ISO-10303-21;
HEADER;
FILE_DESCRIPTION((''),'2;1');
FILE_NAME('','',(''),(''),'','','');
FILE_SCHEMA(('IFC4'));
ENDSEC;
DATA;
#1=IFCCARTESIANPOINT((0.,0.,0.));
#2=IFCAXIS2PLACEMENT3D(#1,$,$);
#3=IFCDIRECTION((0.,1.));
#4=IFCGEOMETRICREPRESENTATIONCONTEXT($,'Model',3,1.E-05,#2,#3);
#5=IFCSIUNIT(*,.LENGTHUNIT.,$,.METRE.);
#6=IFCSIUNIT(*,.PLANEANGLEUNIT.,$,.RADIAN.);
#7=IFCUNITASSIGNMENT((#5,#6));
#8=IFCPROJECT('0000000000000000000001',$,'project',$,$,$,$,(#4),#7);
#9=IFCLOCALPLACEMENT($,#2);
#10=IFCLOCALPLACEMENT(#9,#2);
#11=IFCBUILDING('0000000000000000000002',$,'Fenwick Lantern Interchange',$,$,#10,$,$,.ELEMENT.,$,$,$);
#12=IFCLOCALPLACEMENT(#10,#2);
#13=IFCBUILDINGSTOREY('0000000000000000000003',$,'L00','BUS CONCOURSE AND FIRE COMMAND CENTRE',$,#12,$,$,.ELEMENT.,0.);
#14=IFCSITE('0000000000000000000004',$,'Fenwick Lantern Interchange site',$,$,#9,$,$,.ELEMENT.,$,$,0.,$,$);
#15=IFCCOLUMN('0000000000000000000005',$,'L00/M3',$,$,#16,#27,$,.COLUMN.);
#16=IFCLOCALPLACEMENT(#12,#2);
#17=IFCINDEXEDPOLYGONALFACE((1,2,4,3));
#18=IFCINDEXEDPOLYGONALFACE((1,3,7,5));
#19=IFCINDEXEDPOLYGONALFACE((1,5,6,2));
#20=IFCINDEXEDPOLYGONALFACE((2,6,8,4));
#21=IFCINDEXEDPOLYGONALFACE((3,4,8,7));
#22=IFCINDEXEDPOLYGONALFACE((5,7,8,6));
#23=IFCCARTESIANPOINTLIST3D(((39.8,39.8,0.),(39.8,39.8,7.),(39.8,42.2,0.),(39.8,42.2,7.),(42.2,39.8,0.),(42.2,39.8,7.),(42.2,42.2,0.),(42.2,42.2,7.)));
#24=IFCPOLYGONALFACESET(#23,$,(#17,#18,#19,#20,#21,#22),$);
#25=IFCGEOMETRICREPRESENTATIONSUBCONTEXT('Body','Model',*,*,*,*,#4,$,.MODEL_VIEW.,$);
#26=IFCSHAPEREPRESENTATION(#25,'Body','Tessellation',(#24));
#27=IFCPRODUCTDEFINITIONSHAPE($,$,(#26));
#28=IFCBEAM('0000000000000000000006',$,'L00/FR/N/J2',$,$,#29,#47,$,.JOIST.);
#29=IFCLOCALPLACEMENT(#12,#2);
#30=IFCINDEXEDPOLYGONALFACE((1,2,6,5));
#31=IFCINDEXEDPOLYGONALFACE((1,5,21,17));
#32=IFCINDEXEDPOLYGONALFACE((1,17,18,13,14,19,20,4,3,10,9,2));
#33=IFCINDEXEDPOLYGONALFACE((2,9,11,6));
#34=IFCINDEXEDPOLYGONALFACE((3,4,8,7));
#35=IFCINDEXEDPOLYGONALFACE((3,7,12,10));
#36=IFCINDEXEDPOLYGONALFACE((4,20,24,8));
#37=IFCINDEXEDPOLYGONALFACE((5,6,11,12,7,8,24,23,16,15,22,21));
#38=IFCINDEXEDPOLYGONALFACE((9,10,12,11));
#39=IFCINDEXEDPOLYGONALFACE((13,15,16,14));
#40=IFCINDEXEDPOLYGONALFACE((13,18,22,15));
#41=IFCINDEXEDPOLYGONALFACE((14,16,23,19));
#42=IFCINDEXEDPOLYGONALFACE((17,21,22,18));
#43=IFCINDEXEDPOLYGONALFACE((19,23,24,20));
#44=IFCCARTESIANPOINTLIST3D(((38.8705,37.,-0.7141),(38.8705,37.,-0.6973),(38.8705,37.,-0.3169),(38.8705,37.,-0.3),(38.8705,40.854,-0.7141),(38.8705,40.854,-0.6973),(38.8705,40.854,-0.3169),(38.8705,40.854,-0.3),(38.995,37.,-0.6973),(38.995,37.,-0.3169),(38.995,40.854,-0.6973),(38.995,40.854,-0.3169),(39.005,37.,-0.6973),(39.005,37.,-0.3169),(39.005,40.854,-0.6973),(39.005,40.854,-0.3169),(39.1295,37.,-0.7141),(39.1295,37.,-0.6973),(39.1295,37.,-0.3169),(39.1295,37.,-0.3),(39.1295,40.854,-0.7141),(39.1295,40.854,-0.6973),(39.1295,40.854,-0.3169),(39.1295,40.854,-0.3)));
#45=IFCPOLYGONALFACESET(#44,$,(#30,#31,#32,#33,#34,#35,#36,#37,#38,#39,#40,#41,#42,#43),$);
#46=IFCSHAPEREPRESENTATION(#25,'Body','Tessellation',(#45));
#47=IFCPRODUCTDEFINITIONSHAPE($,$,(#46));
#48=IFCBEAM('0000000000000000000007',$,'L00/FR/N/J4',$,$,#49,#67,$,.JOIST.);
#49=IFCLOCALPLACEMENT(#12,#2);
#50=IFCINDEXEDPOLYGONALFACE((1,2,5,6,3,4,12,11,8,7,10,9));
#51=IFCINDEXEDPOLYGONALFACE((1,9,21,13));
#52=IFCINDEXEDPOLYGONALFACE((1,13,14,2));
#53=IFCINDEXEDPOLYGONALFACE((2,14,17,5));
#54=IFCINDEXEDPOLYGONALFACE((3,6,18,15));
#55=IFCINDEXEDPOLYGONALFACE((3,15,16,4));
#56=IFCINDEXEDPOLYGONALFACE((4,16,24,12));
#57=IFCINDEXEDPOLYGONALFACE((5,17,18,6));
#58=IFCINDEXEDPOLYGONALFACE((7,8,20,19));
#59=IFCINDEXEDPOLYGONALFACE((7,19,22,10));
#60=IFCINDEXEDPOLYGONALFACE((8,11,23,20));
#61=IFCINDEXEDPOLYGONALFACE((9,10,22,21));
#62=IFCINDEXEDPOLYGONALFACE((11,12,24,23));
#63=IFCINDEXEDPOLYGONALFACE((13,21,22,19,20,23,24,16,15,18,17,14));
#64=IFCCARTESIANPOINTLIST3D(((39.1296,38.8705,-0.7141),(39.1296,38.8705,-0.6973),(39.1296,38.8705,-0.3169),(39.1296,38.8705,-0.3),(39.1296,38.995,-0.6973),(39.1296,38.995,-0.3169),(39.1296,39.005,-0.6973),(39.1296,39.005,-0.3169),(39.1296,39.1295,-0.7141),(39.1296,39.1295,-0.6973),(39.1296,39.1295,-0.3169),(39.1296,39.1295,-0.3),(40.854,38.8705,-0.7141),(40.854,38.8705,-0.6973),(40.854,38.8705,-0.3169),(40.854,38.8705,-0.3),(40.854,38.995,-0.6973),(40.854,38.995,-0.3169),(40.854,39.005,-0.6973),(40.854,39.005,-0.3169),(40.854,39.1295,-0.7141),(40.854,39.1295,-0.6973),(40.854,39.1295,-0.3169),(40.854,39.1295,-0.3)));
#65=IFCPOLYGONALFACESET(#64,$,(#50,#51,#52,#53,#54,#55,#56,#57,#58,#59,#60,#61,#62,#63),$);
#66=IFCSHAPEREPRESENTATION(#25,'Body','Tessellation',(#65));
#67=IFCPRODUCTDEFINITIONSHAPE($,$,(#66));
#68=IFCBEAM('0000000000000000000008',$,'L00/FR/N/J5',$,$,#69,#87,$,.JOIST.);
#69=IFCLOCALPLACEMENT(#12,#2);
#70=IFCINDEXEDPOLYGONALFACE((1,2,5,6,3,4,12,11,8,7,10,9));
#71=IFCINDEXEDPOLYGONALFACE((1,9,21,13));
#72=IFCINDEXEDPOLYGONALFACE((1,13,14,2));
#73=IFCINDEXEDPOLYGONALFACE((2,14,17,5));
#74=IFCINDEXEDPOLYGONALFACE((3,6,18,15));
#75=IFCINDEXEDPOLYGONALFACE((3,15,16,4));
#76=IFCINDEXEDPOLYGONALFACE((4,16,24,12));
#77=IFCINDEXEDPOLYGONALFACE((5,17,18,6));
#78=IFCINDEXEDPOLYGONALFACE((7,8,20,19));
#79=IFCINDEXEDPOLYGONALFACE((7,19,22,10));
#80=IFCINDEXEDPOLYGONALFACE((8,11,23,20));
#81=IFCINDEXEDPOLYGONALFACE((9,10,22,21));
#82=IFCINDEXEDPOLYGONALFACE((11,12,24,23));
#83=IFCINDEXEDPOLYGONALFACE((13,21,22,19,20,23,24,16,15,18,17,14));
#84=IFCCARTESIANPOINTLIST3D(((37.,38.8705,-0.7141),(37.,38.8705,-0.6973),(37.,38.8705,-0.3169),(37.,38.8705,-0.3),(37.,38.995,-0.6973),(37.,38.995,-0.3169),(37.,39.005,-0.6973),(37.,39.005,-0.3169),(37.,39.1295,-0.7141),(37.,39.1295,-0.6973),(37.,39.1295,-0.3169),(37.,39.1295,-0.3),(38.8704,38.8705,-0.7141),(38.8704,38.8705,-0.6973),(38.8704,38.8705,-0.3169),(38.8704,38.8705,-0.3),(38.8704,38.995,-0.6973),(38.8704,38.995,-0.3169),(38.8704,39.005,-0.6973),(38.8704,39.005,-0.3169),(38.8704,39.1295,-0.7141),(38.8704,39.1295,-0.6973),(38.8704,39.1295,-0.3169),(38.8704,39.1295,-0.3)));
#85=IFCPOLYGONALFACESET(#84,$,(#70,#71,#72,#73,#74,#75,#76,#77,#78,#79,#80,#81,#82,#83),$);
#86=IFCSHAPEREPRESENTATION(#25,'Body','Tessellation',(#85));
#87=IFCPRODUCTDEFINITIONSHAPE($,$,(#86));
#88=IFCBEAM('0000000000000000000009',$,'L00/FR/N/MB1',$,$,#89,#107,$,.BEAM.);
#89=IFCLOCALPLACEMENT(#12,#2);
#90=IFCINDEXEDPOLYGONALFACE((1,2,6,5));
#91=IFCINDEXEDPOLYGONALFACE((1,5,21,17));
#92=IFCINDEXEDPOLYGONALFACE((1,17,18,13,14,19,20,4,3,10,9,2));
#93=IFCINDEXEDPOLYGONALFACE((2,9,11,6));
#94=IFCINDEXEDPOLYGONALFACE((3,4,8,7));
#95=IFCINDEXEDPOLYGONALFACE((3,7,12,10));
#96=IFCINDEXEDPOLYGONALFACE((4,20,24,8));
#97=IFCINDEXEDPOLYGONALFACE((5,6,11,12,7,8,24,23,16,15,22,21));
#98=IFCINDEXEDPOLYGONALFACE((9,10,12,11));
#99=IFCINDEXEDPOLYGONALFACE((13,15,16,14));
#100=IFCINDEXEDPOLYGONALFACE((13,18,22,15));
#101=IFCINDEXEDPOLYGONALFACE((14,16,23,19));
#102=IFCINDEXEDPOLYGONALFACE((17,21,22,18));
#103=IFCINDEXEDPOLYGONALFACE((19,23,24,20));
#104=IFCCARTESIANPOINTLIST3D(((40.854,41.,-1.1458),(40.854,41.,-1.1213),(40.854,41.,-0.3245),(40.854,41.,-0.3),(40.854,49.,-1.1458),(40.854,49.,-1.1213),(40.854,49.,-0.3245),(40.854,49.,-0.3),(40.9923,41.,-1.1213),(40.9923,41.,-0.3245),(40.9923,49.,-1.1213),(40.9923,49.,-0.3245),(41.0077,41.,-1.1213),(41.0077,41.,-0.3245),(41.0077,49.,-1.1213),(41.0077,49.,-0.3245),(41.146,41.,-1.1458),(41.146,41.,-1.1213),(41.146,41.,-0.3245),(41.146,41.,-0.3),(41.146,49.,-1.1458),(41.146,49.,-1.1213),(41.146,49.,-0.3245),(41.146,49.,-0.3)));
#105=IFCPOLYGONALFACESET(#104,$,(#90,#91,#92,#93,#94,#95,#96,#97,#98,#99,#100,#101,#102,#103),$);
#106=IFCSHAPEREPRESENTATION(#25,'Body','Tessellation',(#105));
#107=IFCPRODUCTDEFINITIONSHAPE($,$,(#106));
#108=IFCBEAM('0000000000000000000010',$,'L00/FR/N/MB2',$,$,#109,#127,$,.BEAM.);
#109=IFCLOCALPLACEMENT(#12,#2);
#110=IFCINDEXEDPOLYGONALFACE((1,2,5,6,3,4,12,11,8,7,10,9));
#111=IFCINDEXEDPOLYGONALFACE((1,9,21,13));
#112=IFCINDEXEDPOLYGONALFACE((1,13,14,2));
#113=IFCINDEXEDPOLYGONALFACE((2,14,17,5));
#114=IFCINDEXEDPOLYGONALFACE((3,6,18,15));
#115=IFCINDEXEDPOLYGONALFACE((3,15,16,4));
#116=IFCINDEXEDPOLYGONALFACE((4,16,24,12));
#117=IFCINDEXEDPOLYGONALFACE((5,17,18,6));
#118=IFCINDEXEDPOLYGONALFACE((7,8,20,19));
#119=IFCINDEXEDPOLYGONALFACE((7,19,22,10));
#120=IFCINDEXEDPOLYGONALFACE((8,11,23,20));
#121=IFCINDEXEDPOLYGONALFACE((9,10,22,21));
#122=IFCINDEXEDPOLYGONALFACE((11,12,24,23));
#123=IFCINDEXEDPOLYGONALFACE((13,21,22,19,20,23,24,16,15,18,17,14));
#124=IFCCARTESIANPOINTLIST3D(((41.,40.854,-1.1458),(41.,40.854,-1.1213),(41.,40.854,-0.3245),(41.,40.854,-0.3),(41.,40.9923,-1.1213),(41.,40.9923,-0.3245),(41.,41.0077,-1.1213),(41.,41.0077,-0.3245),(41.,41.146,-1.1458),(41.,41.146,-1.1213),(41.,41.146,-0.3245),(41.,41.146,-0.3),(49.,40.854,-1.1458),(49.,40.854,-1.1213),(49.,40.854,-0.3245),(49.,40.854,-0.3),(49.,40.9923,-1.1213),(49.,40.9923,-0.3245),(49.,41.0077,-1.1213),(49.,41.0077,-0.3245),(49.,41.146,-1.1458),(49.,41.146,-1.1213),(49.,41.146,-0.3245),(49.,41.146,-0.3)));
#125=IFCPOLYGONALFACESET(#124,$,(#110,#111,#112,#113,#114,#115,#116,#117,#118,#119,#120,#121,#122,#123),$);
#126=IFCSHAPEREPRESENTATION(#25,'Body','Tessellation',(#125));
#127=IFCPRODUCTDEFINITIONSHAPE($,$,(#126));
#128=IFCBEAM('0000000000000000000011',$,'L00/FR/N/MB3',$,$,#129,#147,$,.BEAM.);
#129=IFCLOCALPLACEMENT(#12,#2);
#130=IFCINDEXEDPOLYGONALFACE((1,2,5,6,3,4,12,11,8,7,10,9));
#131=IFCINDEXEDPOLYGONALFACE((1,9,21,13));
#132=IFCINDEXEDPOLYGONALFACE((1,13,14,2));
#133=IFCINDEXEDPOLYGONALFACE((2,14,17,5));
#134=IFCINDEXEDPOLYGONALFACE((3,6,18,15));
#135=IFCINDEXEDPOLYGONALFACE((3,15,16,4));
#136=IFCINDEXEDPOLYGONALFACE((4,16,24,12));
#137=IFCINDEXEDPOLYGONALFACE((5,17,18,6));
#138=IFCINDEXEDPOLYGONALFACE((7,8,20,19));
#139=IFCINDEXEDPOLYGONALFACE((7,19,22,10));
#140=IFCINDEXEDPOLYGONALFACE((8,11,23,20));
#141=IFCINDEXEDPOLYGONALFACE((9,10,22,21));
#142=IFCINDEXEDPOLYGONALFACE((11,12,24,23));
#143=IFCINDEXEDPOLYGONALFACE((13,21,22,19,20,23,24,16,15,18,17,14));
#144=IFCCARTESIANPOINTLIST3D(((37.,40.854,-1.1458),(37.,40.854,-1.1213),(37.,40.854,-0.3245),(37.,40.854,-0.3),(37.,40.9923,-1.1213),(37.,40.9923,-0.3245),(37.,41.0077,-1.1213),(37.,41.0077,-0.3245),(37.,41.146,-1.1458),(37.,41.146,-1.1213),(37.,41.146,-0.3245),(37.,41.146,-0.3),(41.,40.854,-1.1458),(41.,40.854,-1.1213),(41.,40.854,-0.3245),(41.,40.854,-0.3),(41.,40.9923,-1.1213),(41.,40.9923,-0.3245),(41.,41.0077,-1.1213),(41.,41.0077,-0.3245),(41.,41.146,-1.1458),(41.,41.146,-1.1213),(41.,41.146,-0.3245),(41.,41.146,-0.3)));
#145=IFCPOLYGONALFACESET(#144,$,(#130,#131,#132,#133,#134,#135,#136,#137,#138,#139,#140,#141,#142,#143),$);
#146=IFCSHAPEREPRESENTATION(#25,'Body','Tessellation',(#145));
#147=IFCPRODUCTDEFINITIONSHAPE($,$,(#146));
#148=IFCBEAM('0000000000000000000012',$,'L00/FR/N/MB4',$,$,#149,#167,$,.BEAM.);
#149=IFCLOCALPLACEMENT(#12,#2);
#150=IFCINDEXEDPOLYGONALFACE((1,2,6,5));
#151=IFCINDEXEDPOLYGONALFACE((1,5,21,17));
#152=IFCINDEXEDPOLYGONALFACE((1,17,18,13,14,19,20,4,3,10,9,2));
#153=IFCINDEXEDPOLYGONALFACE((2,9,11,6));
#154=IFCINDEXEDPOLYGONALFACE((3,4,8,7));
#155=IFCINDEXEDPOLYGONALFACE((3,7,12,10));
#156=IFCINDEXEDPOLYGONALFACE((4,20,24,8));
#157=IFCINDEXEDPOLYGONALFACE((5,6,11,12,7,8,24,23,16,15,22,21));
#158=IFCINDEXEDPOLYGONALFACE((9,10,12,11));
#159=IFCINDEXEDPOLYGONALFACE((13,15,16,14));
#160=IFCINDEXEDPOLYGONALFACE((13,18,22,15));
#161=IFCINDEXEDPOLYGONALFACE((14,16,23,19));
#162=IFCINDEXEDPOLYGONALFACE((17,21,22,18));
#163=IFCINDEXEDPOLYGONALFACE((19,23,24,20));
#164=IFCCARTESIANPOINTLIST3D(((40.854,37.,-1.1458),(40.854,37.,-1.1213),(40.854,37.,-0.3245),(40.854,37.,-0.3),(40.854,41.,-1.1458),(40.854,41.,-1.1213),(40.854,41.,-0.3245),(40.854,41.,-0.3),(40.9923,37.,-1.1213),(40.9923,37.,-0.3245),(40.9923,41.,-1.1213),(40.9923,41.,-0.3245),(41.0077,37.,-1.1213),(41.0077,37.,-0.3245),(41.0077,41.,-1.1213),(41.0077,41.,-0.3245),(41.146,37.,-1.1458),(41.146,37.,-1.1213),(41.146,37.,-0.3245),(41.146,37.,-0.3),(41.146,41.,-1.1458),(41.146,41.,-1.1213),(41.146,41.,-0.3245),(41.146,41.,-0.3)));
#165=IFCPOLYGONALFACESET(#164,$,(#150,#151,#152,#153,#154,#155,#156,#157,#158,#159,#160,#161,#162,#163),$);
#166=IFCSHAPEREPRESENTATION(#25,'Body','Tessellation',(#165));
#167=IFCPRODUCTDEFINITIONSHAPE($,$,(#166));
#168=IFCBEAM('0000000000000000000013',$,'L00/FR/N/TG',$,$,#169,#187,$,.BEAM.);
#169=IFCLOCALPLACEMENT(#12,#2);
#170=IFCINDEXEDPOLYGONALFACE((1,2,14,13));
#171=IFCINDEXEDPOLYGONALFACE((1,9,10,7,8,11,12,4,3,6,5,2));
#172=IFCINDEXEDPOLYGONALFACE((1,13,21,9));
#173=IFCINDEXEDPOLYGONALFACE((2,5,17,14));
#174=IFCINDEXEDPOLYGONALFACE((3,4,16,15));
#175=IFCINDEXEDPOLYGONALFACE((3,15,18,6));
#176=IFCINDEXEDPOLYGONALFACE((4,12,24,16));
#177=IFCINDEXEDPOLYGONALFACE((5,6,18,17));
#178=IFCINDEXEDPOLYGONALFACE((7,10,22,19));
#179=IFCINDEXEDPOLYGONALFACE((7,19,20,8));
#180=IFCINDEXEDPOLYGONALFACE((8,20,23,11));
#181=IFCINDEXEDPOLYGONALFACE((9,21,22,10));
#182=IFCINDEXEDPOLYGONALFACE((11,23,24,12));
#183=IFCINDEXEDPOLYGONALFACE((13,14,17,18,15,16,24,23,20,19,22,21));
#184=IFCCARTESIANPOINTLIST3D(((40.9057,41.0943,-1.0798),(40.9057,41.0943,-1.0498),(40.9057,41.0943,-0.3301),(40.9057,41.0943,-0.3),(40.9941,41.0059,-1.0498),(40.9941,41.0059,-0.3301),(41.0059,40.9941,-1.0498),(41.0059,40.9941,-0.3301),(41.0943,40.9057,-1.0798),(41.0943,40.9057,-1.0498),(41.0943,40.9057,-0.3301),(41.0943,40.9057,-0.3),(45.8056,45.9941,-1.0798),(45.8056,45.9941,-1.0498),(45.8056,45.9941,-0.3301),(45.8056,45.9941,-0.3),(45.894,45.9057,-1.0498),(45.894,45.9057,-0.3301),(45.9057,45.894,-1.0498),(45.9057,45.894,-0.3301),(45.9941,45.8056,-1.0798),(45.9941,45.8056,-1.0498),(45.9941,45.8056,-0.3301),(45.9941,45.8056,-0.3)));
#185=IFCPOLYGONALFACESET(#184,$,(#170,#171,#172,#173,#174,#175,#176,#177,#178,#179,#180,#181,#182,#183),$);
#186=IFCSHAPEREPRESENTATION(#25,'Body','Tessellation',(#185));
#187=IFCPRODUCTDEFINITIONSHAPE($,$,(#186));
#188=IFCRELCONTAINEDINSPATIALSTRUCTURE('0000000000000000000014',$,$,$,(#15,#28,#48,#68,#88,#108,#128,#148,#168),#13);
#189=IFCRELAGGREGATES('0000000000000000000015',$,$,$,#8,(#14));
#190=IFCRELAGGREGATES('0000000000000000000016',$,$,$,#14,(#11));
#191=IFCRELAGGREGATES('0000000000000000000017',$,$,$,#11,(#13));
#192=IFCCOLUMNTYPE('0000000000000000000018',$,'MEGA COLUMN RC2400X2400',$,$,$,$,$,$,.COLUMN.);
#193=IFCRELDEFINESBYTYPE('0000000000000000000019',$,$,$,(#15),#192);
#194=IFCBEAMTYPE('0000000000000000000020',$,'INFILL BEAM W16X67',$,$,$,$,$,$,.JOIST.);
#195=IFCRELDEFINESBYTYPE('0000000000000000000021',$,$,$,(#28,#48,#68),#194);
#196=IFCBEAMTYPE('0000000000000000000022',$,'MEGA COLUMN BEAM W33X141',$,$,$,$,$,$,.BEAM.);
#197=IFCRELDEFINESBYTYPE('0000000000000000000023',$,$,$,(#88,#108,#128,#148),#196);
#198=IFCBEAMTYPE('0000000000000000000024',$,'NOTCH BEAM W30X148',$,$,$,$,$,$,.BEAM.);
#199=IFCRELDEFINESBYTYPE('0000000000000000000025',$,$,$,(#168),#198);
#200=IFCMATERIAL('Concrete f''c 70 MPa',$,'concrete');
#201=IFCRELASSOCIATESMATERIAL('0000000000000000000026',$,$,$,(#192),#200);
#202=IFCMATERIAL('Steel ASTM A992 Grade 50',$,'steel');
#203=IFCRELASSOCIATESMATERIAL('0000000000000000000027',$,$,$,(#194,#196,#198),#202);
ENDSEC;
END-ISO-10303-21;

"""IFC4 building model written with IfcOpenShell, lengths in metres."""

from ifc_helpers import new_model, si_unit, direction, frame, origin, origin_2d, place, context, subcontext, project, spatial, rectangle, i_section, extrude, material, material_profile, profile_set, type_object, element, save


model = new_model("IFC4")

# Units and contexts
model_context = context("Model", 3, precision=1e-05, world=origin(), true_north=direction((0.0, 1.0)))
body_context = subcontext(model_context, "Body", "Model", "MODEL_VIEW")
ifc_project = project(units=[si_unit("LENGTHUNIT", "METRE"), si_unit("PLANEANGLEUNIT", "RADIAN")], contexts=[model_context])

# Site, building, storey
site_placement = place(None, origin())
site = spatial("IfcSite", under=ifc_project, at=site_placement, Name="Fenwick Lantern Interchange site", CompositionType="ELEMENT", RefElevation=0.0)
building_placement = place(site_placement, origin())
building = spatial("IfcBuilding", under=site, at=building_placement, Name="Fenwick Lantern Interchange", CompositionType="ELEMENT")
storey_placement = place(building_placement, origin())
storey = spatial("IfcBuildingStorey", under=building, at=storey_placement, Name="L00", Description="BUS CONCOURSE AND FIRE COMMAND CENTRE", CompositionType="ELEMENT", Elevation=0.0)

# Column
ifc_material_1 = material(Name="Concrete f'c 70 MPa", Category="concrete")
ifc_material_profile_1 = material_profile(ifc_material_1, rectangle(XDim=2.3999, YDim=2.3999, at=origin_2d()), Name="RC2400X2400")
ifc_profile_set_1 = profile_set([ifc_material_profile_1], Name="Concrete f'c 70 MPa")
column_type = type_object("IfcColumnType", Name="MEGA COLUMN RC2400X2400", PredefinedType="COLUMN", material=ifc_profile_set_1)
column_placement = place(storey_placement, frame((41.0, 41.0, 0.0), z_axis=(0.0, 0.0, 1.0), x_axis=(1.0, 0.0, 0.0)))
element("IfcColumn", 1, at=column_placement, inside=storey, type_object=column_type, Name="L00/M3", PredefinedType="COLUMN", context=body_context, shape_type="SweptSolid", body=[
    extrude(rectangle(XDim=2.3999, YDim=2.3999, at=origin_2d()), origin(), (0.0, 0.0, 1.0), 7.0),
])

# Beams
ifc_material_2 = material(Name="Steel ASTM A992 Grade 50", Category="steel")
ifc_material_profile_2 = material_profile(ifc_material_2, i_section(OverallWidth=0.259, OverallDepth=0.4141, WebThickness=0.01, FlangeThickness=0.0168, at=origin_2d()), Name="W16X67")
ifc_profile_set_2 = profile_set([ifc_material_profile_2], Name="Steel ASTM A992 Grade 50")
beam_type_1 = type_object("IfcBeamType", Name="INFILL BEAM W16X67", PredefinedType="JOIST", material=ifc_profile_set_2)
beam_1_placement = place(storey_placement, frame((39.0, 40.854, -0.5071), z_axis=(0.0, -1.0, 0.0), x_axis=(1.0, 0.0, 0.0)))
element("IfcBeam", 2, at=beam_1_placement, inside=storey, type_object=beam_type_1, Name="L00/FR/N/J2", PredefinedType="JOIST", context=body_context, shape_type="SweptSolid", body=[
    extrude(i_section(OverallWidth=0.259, OverallDepth=0.4141, WebThickness=0.01, FlangeThickness=0.0168, at=origin_2d()), origin(), (0.0, 0.0, 1.0), 3.854),
])
beam_2_placement = place(storey_placement, frame((40.854, 39.0, -0.5071), z_axis=(-1.0, 0.0, 0.0), x_axis=(0.0, -1.0, 0.0)))
element("IfcBeam", 3, at=beam_2_placement, inside=storey, type_object=beam_type_1, Name="L00/FR/N/J4", PredefinedType="JOIST", context=body_context, shape_type="SweptSolid", body=[
    extrude(i_section(OverallWidth=0.259, OverallDepth=0.4141, WebThickness=0.01, FlangeThickness=0.0168, at=origin_2d()), origin(), (0.0, 0.0, 1.0), 1.7244),
])
beam_3_placement = place(storey_placement, frame((38.8704, 39.0, -0.5071), z_axis=(-1.0, 0.0, 0.0), x_axis=(0.0, -1.0, 0.0)))
element("IfcBeam", 4, at=beam_3_placement, inside=storey, type_object=beam_type_1, Name="L00/FR/N/J5", PredefinedType="JOIST", context=body_context, shape_type="SweptSolid", body=[
    extrude(i_section(OverallWidth=0.259, OverallDepth=0.4141, WebThickness=0.01, FlangeThickness=0.0168, at=origin_2d()), origin(), (0.0, 0.0, 1.0), 1.8704),
])
ifc_material_profile_3 = material_profile(ifc_material_2, i_section(OverallWidth=0.292, OverallDepth=0.8457, WebThickness=0.0154, FlangeThickness=0.0244, at=origin_2d()), Name="W33X141")
ifc_profile_set_3 = profile_set([ifc_material_profile_3], Name="Steel ASTM A992 Grade 50")
beam_type_2 = type_object("IfcBeamType", Name="MEGA COLUMN BEAM W33X141", PredefinedType="BEAM", material=ifc_profile_set_3)
for number, where, z_axis, x_axis, name in (
    (5, (41.0, 41.0, -0.7229), (0.0, 1.0, 0.0), (-1.0, 0.0, 0.0), "L00/FR/N/MB1"),
    (6, (41.0, 41.0, -0.7229), (1.0, 0.0, 0.0), (0.0, 1.0, 0.0), "L00/FR/N/MB2"),
):
    element("IfcBeam", number, at=place(storey_placement, frame(where, z_axis=z_axis, x_axis=x_axis)), inside=storey, type_object=beam_type_2, Name=name, PredefinedType="BEAM", context=body_context, shape_type="SweptSolid", body=[
        extrude(i_section(OverallWidth=0.292, OverallDepth=0.8457, WebThickness=0.0154, FlangeThickness=0.0244, at=origin_2d()), origin(), (0.0, 0.0, 1.0), 8.0),
    ])
for number, where, z_axis, x_axis, name in (
    (7, (41.0, 41.0, -0.7229), (-1.0, 0.0, 0.0), (0.0, -1.0, 0.0), "L00/FR/N/MB3"),
    (8, (41.0, 41.0, -0.7229), (0.0, -1.0, 0.0), (1.0, 0.0, 0.0), "L00/FR/N/MB4"),
):
    element("IfcBeam", number, at=place(storey_placement, frame(where, z_axis=z_axis, x_axis=x_axis)), inside=storey, type_object=beam_type_2, Name=name, PredefinedType="BEAM", context=body_context, shape_type="SweptSolid", body=[
        extrude(i_section(OverallWidth=0.292, OverallDepth=0.8457, WebThickness=0.0154, FlangeThickness=0.0244, at=origin_2d()), origin(), (0.0, 0.0, 1.0), 4.0),
    ])
ifc_material_profile_4 = material_profile(ifc_material_2, i_section(OverallWidth=0.2666, OverallDepth=0.7798, WebThickness=0.0166, FlangeThickness=0.03, at=origin_2d()), Name="W30X148")
ifc_profile_set_4 = profile_set([ifc_material_profile_4], Name="Steel ASTM A992 Grade 50")
beam_type_3 = type_object("IfcBeamType", Name="NOTCH BEAM W30X148", PredefinedType="BEAM", material=ifc_profile_set_4)
beam_4_placement = place(storey_placement, frame((41.0, 41.0, -0.6899), z_axis=(0.707107, 0.707107, 0.0), x_axis=(-0.707107, 0.707107, 0.0)))
element("IfcBeam", 9, at=beam_4_placement, inside=storey, type_object=beam_type_3, Name="L00/FR/N/TG", PredefinedType="BEAM", context=body_context, shape_type="SweptSolid", body=[
    extrude(i_section(OverallWidth=0.2666, OverallDepth=0.7798, WebThickness=0.0166, FlangeThickness=0.03, at=origin_2d()), origin(), (0.0, 0.0, 1.0), 6.9294),
])

save(model, "model.ifc")
